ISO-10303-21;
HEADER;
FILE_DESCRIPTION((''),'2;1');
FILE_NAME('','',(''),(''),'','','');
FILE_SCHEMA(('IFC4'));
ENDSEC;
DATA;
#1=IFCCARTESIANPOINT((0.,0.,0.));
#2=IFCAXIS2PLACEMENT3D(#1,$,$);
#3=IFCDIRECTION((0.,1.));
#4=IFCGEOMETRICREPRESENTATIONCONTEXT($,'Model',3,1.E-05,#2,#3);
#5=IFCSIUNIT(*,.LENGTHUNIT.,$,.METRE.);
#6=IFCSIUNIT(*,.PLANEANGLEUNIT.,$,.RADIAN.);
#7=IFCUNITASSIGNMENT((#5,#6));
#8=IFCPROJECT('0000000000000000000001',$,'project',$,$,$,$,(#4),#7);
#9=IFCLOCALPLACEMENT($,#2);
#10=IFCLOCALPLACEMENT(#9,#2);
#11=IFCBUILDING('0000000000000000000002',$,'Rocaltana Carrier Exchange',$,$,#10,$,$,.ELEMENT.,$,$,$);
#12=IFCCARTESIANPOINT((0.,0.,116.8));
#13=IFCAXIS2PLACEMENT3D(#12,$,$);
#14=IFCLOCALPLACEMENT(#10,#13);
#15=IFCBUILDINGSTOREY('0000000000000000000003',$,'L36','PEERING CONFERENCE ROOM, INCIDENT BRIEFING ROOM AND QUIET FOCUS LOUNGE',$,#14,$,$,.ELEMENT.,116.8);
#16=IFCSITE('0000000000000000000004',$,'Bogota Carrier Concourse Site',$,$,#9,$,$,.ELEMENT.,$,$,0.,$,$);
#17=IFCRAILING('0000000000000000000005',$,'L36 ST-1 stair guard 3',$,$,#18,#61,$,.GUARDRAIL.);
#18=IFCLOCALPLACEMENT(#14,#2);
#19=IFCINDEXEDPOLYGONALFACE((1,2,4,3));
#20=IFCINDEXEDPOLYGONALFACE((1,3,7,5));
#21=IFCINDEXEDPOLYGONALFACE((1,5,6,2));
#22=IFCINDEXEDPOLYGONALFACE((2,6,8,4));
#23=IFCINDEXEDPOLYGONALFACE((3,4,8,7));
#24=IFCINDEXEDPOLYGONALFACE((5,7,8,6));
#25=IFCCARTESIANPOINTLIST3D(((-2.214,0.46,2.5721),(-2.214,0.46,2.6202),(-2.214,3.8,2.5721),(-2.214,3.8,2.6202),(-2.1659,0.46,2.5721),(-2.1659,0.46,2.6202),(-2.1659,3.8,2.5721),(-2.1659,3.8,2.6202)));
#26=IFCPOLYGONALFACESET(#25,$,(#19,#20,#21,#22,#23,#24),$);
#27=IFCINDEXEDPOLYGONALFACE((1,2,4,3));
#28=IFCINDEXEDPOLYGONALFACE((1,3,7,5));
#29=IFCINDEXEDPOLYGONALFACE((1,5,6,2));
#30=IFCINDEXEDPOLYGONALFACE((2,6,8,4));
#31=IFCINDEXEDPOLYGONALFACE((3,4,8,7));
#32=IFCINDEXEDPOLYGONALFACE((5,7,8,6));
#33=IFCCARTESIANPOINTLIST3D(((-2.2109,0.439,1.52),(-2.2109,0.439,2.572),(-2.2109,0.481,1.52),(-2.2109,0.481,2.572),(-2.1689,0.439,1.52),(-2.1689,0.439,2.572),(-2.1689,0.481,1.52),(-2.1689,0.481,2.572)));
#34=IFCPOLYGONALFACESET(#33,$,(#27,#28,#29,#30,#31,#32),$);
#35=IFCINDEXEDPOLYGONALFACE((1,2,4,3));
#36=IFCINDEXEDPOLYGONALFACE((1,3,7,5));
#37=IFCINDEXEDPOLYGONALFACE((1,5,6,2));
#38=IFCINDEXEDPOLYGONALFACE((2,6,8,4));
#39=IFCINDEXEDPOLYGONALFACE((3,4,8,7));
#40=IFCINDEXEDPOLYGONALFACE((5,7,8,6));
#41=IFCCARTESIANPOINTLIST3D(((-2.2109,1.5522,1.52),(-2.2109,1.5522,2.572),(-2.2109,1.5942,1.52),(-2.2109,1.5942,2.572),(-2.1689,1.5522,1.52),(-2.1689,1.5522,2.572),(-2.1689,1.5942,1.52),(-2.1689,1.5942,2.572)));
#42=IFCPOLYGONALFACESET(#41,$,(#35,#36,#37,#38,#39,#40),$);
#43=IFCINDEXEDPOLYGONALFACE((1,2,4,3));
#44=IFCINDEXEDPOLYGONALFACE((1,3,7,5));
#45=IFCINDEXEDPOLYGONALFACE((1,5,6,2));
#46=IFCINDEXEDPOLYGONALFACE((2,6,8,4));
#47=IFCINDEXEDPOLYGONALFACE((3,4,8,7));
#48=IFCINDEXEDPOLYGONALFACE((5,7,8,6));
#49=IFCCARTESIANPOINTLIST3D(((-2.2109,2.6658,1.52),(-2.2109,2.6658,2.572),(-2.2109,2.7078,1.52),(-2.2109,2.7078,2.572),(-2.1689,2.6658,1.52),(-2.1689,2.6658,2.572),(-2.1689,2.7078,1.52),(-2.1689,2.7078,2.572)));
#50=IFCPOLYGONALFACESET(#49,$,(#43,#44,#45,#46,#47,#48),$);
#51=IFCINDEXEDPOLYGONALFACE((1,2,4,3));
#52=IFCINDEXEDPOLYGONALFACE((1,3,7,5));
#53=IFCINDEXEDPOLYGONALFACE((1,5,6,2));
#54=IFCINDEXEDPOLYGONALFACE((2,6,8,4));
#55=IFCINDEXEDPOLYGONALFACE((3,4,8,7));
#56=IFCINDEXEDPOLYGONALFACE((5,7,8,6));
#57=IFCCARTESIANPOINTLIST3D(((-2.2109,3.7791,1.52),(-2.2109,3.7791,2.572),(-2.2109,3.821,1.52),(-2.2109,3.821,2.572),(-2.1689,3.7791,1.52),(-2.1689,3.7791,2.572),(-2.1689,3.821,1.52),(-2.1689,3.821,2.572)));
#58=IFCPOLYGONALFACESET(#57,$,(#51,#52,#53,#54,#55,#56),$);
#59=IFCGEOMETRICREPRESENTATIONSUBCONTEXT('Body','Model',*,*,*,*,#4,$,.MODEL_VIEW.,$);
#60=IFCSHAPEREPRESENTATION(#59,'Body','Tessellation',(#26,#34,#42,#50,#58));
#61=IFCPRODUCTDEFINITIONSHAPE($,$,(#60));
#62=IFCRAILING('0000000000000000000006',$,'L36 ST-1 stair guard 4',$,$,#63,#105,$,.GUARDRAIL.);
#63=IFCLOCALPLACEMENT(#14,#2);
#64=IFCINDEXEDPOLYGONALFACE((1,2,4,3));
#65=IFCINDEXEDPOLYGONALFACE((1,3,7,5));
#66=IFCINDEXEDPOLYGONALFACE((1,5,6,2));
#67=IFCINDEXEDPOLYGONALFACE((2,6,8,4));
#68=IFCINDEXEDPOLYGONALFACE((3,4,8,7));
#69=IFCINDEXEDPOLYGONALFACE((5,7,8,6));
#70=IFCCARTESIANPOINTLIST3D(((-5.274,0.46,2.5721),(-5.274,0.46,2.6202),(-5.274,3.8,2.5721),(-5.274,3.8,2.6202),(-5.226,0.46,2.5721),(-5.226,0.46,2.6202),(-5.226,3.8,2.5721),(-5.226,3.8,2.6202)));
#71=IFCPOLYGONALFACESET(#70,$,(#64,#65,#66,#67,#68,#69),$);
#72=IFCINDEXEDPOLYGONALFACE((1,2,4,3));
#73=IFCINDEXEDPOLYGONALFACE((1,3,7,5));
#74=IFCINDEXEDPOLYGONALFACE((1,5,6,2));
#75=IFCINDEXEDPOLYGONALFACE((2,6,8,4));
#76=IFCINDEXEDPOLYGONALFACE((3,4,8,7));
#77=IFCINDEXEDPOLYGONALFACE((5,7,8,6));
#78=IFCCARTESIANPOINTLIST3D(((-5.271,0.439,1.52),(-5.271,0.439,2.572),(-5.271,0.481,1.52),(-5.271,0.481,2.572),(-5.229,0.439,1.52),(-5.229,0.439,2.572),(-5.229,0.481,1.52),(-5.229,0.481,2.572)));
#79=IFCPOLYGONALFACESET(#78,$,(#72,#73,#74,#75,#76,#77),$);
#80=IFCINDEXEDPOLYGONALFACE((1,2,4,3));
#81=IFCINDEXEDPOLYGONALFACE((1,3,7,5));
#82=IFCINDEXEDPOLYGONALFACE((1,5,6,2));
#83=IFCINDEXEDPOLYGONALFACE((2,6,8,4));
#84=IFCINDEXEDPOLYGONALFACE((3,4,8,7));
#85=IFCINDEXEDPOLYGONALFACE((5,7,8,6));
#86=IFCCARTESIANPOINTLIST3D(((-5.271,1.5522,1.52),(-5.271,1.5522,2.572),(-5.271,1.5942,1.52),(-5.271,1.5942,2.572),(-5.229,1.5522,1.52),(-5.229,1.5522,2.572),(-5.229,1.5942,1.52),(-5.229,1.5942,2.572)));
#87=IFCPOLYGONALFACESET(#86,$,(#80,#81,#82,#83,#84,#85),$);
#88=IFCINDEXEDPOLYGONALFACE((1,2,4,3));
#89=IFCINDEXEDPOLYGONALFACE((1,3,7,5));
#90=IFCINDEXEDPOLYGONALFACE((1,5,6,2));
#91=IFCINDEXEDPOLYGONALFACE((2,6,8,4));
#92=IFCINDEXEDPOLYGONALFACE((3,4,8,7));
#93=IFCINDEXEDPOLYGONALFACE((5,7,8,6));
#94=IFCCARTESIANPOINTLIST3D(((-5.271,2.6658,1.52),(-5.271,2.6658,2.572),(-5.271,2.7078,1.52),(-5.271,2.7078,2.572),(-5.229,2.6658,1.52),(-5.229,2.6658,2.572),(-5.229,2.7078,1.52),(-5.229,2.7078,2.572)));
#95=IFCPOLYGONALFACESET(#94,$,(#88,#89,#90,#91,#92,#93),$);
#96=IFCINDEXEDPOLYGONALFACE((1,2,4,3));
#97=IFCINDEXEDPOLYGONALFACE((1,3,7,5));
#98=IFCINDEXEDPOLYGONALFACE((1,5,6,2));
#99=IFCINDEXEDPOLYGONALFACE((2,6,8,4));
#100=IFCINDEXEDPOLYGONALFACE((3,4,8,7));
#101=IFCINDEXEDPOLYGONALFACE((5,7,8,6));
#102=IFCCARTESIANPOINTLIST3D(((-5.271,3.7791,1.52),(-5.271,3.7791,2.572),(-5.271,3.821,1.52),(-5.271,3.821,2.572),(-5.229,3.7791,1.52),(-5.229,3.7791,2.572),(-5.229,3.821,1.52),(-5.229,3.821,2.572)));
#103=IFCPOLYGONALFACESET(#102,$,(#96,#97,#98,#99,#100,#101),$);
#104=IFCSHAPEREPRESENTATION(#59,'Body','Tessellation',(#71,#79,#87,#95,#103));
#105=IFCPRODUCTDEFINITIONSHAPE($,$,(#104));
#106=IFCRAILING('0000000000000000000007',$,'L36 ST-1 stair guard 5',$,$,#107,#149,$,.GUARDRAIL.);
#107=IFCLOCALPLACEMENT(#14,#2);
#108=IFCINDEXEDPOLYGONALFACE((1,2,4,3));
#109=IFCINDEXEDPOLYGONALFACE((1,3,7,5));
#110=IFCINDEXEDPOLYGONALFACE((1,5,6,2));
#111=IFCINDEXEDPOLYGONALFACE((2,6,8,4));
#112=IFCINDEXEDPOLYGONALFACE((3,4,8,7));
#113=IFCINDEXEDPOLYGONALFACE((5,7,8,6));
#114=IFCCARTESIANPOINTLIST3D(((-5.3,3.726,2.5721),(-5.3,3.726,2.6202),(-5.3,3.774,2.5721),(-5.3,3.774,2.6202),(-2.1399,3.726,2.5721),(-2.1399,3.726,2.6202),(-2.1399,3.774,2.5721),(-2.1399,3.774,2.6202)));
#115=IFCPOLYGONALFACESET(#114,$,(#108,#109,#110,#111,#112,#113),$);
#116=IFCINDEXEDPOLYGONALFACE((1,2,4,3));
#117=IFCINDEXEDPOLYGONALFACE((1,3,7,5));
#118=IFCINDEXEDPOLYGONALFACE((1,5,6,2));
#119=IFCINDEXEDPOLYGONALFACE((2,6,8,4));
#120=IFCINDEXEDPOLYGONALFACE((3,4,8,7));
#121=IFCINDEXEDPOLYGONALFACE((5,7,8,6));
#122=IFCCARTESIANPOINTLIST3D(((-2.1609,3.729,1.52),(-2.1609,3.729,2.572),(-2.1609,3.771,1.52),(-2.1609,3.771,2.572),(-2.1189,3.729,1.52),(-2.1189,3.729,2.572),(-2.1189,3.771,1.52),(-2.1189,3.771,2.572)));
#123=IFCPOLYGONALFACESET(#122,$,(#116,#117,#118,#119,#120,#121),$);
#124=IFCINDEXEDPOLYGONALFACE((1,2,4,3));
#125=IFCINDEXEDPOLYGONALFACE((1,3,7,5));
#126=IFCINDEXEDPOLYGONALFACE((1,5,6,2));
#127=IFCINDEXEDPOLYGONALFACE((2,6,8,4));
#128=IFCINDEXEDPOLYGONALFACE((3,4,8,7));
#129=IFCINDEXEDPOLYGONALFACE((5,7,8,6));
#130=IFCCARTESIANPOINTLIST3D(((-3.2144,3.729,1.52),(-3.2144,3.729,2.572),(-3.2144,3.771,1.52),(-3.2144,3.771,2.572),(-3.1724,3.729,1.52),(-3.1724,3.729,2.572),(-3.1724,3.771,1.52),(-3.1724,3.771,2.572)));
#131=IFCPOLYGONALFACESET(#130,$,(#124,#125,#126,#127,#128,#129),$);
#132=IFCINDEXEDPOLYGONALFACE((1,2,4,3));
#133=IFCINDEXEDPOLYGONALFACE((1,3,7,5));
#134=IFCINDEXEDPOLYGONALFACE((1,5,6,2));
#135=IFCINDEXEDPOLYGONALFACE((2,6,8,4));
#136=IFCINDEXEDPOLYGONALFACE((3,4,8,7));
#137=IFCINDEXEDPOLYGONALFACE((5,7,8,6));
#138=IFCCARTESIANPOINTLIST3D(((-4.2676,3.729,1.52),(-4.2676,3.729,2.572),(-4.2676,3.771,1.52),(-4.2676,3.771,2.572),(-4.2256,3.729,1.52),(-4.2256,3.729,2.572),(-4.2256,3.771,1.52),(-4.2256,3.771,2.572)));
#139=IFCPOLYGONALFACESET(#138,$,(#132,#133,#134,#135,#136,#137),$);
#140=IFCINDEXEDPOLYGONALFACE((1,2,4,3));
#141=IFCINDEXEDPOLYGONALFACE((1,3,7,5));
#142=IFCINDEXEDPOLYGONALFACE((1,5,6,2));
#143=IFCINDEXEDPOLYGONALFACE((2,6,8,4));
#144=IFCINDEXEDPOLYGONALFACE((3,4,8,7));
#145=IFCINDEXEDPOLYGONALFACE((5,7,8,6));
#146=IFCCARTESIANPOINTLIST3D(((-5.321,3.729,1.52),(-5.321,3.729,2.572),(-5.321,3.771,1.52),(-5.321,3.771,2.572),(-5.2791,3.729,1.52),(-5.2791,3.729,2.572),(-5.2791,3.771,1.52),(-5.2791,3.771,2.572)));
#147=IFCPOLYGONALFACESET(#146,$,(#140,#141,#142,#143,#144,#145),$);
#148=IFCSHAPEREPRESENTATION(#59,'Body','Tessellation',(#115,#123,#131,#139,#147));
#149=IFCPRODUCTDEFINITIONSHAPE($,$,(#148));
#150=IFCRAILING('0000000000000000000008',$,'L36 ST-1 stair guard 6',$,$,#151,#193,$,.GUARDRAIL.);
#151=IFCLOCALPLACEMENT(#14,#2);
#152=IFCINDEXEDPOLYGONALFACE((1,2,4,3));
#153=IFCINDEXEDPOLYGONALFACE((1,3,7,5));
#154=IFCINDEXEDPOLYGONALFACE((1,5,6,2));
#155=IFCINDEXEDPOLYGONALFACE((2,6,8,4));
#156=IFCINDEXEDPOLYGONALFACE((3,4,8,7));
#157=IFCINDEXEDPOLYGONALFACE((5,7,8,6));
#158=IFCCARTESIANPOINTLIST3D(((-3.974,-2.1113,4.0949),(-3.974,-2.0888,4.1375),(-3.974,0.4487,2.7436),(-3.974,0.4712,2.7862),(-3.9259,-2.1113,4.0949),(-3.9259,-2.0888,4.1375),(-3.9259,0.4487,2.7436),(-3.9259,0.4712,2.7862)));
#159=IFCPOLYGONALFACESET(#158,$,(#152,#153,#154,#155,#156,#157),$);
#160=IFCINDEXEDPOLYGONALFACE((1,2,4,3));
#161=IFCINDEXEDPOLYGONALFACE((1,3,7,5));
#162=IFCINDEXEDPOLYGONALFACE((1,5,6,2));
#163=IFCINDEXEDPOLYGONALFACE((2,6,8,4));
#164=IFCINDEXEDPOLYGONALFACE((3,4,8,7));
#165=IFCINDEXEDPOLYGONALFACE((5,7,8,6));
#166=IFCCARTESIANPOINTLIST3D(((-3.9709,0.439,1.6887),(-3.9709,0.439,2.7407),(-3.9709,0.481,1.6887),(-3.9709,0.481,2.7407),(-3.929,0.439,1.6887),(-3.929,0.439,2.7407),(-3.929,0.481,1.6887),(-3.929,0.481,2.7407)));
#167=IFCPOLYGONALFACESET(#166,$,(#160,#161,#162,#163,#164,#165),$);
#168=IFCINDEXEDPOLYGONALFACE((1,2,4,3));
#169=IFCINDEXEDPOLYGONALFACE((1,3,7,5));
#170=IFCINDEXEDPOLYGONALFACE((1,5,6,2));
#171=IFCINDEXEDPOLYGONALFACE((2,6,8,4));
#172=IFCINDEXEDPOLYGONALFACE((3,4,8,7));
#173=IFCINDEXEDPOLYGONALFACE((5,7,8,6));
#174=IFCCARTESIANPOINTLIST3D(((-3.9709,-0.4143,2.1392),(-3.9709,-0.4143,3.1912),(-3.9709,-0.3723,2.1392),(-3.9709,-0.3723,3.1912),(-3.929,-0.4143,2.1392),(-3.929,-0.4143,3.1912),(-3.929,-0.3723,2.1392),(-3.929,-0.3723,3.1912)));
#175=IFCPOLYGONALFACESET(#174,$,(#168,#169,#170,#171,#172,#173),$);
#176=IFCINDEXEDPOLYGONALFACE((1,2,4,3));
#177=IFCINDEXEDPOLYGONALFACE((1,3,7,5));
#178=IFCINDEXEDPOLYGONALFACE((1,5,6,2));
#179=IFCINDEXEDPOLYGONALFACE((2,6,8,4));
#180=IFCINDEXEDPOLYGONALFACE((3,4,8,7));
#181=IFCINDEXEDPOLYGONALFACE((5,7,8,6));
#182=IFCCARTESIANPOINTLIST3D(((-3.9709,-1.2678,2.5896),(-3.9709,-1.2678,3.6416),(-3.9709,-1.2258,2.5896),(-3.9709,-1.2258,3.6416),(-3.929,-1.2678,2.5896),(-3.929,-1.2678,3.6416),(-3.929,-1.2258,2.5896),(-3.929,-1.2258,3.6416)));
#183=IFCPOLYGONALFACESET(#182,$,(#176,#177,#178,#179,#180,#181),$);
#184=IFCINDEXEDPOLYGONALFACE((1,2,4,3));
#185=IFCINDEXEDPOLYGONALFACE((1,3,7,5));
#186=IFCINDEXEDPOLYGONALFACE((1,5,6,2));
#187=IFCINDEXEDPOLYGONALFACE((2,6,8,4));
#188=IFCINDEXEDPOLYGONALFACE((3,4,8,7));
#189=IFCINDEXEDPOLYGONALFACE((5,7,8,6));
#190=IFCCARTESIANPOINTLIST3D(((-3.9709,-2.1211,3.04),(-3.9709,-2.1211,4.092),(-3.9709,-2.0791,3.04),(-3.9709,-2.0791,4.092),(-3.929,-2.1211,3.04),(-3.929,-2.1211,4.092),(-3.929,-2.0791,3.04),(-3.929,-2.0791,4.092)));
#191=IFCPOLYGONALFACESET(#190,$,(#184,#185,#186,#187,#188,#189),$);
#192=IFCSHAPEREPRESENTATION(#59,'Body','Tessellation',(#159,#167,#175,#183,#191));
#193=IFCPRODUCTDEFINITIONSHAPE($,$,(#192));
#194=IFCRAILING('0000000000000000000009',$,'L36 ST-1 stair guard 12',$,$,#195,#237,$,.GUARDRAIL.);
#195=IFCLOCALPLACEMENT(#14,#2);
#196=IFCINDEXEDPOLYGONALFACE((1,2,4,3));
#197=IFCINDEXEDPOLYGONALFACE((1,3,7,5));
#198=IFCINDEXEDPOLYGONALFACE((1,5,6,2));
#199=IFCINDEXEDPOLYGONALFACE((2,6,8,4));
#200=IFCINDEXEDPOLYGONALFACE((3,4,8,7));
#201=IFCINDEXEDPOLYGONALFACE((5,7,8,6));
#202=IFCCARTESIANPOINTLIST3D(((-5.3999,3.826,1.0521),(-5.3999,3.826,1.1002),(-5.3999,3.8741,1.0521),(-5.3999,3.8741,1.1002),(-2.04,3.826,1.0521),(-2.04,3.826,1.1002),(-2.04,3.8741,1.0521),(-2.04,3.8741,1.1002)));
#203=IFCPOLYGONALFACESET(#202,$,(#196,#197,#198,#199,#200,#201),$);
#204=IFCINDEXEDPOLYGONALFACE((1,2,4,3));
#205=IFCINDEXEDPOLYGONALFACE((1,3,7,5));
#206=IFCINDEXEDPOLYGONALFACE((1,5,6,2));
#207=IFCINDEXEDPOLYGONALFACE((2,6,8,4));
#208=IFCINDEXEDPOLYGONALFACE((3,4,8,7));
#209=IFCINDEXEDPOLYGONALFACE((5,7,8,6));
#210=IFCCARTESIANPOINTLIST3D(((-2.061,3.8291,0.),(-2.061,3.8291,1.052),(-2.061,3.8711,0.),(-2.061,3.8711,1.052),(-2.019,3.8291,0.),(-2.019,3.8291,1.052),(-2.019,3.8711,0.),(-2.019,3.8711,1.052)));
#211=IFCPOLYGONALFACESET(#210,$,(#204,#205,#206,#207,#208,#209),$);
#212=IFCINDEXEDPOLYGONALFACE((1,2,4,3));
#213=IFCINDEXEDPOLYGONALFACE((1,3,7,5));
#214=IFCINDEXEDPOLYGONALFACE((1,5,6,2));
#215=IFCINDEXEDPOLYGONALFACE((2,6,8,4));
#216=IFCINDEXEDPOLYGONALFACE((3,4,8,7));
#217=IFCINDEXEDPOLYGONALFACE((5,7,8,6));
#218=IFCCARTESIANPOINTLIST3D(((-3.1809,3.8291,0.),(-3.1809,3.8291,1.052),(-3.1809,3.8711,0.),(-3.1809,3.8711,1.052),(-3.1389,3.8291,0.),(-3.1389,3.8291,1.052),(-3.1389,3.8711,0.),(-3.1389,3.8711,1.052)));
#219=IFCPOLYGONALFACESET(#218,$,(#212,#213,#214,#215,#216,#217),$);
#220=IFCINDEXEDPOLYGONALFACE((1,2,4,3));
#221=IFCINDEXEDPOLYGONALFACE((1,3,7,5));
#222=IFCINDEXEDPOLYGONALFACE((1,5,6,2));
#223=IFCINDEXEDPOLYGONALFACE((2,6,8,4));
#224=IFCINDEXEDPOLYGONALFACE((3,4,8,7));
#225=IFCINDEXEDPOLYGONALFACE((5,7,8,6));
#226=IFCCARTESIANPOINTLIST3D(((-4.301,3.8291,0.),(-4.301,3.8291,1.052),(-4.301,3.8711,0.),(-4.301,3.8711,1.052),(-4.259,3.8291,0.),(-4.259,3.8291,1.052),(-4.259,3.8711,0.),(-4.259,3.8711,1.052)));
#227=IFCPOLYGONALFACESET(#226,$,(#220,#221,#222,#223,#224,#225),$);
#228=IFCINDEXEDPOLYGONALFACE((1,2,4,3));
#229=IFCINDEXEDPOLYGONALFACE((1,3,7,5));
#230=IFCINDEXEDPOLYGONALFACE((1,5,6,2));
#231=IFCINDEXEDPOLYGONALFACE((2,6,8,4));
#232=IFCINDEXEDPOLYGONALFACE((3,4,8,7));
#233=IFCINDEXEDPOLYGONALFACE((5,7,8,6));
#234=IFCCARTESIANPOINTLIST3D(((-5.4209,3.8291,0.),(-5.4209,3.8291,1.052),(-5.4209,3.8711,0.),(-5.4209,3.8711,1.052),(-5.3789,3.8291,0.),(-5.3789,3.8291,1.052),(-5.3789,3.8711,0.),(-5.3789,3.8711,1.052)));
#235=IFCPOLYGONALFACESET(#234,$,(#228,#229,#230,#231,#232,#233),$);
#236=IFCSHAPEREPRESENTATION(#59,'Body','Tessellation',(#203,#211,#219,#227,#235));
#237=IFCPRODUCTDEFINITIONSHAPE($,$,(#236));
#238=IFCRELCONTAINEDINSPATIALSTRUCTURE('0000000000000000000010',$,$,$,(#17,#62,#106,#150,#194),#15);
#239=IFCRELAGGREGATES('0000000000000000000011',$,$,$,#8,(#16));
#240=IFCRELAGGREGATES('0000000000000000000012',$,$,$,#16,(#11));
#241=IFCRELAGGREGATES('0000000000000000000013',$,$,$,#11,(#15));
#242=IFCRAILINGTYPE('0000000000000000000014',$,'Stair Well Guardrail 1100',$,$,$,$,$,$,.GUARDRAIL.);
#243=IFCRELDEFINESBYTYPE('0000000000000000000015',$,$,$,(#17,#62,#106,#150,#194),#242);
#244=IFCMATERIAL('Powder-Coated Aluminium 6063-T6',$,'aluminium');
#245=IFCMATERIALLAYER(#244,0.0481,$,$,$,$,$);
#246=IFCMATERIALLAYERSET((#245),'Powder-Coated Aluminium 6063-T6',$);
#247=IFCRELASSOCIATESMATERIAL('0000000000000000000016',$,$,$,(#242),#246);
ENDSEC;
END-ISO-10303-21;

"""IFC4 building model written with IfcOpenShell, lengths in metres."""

from ifc_helpers import new_model, si_unit, direction, frame, origin, origin_2d, place, context, subcontext, project, spatial, rectangle, extrude, material, layer, layer_set, type_object, element, save


model = new_model("IFC4")

# Units and contexts
model_context = context("Model", 3, precision=1e-05, world=origin(), true_north=direction((0.0, 1.0)))
body_context = subcontext(model_context, "Body", "Model", "MODEL_VIEW")
ifc_project = project(units=[si_unit("LENGTHUNIT", "METRE"), si_unit("PLANEANGLEUNIT", "RADIAN")], contexts=[model_context])

# Site, building, storey
site_placement = place(None, origin())
site = spatial("IfcSite", under=ifc_project, at=site_placement, Name="Bogota Carrier Concourse Site", CompositionType="ELEMENT", RefElevation=0.0)
building_placement = place(site_placement, origin())
building = spatial("IfcBuilding", under=site, at=building_placement, Name="Rocaltana Carrier Exchange", CompositionType="ELEMENT")
storey_placement = place(building_placement, frame((0.0, 0.0, 116.8)))
storey = spatial("IfcBuildingStorey", under=building, at=storey_placement, Name="L36", Description="PEERING CONFERENCE ROOM, INCIDENT BRIEFING ROOM AND QUIET FOCUS LOUNGE", CompositionType="ELEMENT", Elevation=116.8)

# Railings
ifc_material_1 = material(Name="Powder-Coated Aluminium 6063-T6", Category="aluminium")
ifc_layer_1 = layer(ifc_material_1, 0.0481)
ifc_layer_set_1 = layer_set([ifc_layer_1], Name="Powder-Coated Aluminium 6063-T6")
railing_type_1 = type_object("IfcRailingType", Name="Stair Well Guardrail 1100", PredefinedType="GUARDRAIL", material=ifc_layer_set_1)
for number, where, name in (
    (1, (-2.1899, 0.46, 1.52), "L36 ST-1 stair guard 3"),
    (2, (-5.25, 0.46, 1.52), "L36 ST-1 stair guard 4"),
):
    element("IfcRailing", number, at=place(storey_placement, frame(where)), inside=storey, type_object=railing_type_1, Name=name, PredefinedType="GUARDRAIL", context=body_context, shape_type="SweptSolid", body=[
        extrude(rectangle(XDim=0.0481, YDim=0.0481, at=origin_2d()), frame((0.0, 0.0, 1.0762), z_axis=(0.0, 1.0, 0.0), x_axis=(-1.0, 0.0, 0.0)), (0.0, 0.0, 1.0), 3.3401),
        extrude(rectangle(XDim=0.042, YDim=0.042, at=origin_2d()), origin(), (0.0, 0.0, 1.0), 1.052),
        extrude(rectangle(XDim=0.042, YDim=0.042, at=origin_2d()), frame((0.0, 1.1133, 0.0)), (0.0, 0.0, 1.0), 1.052),
        extrude(rectangle(XDim=0.042, YDim=0.042, at=origin_2d()), frame((0.0, 2.2268, 0.0)), (0.0, 0.0, 1.0), 1.052),
        extrude(rectangle(XDim=0.042, YDim=0.042, at=origin_2d()), frame((0.0, 3.3401, 0.0)), (0.0, 0.0, 1.0), 1.052),
    ])
railing_1_placement = place(storey_placement, frame((-2.1399, 3.75, 1.52)))
element("IfcRailing", 3, at=railing_1_placement, inside=storey, type_object=railing_type_1, Name="L36 ST-1 stair guard 5", PredefinedType="GUARDRAIL", context=body_context, shape_type="SweptSolid", body=[
    extrude(rectangle(XDim=0.0481, YDim=0.0481, at=origin_2d()), frame((0.0, 0.0, 1.0762), z_axis=(-1.0, 0.0, 0.0), x_axis=(0.0, -1.0, 0.0)), (0.0, 0.0, 1.0), 3.1602),
    extrude(rectangle(XDim=0.042, YDim=0.042, at=origin_2d()), origin(), (0.0, 0.0, 1.0), 1.052),
    extrude(rectangle(XDim=0.042, YDim=0.042, at=origin_2d()), frame((-1.0535, 0.0, 0.0)), (0.0, 0.0, 1.0), 1.052),
    extrude(rectangle(XDim=0.042, YDim=0.042, at=origin_2d()), frame((-2.1067, 0.0, 0.0)), (0.0, 0.0, 1.0), 1.052),
    extrude(rectangle(XDim=0.042, YDim=0.042, at=origin_2d()), frame((-3.1602, 0.0, 0.0)), (0.0, 0.0, 1.0), 1.052),
])
railing_2_placement = place(storey_placement, frame((-3.95, 0.46, 1.6887)))
element("IfcRailing", 4, at=railing_2_placement, inside=storey, type_object=railing_type_1, Name="L36 ST-1 stair guard 6", PredefinedType="GUARDRAIL", context=body_context, shape_type="SweptSolid", body=[
    extrude(rectangle(XDim=0.0481, YDim=0.0481, at=origin_2d()), frame((0.0, 0.0, 1.0762), z_axis=(0.0, -0.88436, 0.466806), x_axis=(1.0, 0.0, 0.0)), (0.0, 0.0, 1.0), 2.8948),
    extrude(rectangle(XDim=0.042, YDim=0.042, at=origin_2d()), origin(), (0.0, 0.0, 1.0), 1.052),
    extrude(rectangle(XDim=0.042, YDim=0.042, at=origin_2d()), frame((0.0, -0.8533, 0.4504)), (0.0, 0.0, 1.0), 1.052),
    extrude(rectangle(XDim=0.042, YDim=0.042, at=origin_2d()), frame((0.0, -1.7068, 0.9009)), (0.0, 0.0, 1.0), 1.052),
    extrude(rectangle(XDim=0.042, YDim=0.042, at=origin_2d()), frame((0.0, -2.5601, 1.3513)), (0.0, 0.0, 1.0), 1.052),
])
railing_3_placement = place(storey_placement, frame((-2.04, 3.8501, 0.0)))
element("IfcRailing", 5, at=railing_3_placement, inside=storey, type_object=railing_type_1, Name="L36 ST-1 stair guard 12", PredefinedType="GUARDRAIL", context=body_context, shape_type="SweptSolid", body=[
    extrude(rectangle(XDim=0.0481, YDim=0.0481, at=origin_2d()), frame((0.0, 0.0, 1.0762), z_axis=(-1.0, 0.0, 0.0), x_axis=(0.0, -1.0, 0.0)), (0.0, 0.0, 1.0), 3.3599),
    extrude(rectangle(XDim=0.042, YDim=0.042, at=origin_2d()), origin(), (0.0, 0.0, 1.0), 1.052),
    extrude(rectangle(XDim=0.042, YDim=0.042, at=origin_2d()), frame((-1.1199, 0.0, 0.0)), (0.0, 0.0, 1.0), 1.052),
    extrude(rectangle(XDim=0.042, YDim=0.042, at=origin_2d()), frame((-2.24, 0.0, 0.0)), (0.0, 0.0, 1.0), 1.052),
    extrude(rectangle(XDim=0.042, YDim=0.042, at=origin_2d()), frame((-3.3599, 0.0, 0.0)), (0.0, 0.0, 1.0), 1.052),
])

save(model, "model.ifc")
